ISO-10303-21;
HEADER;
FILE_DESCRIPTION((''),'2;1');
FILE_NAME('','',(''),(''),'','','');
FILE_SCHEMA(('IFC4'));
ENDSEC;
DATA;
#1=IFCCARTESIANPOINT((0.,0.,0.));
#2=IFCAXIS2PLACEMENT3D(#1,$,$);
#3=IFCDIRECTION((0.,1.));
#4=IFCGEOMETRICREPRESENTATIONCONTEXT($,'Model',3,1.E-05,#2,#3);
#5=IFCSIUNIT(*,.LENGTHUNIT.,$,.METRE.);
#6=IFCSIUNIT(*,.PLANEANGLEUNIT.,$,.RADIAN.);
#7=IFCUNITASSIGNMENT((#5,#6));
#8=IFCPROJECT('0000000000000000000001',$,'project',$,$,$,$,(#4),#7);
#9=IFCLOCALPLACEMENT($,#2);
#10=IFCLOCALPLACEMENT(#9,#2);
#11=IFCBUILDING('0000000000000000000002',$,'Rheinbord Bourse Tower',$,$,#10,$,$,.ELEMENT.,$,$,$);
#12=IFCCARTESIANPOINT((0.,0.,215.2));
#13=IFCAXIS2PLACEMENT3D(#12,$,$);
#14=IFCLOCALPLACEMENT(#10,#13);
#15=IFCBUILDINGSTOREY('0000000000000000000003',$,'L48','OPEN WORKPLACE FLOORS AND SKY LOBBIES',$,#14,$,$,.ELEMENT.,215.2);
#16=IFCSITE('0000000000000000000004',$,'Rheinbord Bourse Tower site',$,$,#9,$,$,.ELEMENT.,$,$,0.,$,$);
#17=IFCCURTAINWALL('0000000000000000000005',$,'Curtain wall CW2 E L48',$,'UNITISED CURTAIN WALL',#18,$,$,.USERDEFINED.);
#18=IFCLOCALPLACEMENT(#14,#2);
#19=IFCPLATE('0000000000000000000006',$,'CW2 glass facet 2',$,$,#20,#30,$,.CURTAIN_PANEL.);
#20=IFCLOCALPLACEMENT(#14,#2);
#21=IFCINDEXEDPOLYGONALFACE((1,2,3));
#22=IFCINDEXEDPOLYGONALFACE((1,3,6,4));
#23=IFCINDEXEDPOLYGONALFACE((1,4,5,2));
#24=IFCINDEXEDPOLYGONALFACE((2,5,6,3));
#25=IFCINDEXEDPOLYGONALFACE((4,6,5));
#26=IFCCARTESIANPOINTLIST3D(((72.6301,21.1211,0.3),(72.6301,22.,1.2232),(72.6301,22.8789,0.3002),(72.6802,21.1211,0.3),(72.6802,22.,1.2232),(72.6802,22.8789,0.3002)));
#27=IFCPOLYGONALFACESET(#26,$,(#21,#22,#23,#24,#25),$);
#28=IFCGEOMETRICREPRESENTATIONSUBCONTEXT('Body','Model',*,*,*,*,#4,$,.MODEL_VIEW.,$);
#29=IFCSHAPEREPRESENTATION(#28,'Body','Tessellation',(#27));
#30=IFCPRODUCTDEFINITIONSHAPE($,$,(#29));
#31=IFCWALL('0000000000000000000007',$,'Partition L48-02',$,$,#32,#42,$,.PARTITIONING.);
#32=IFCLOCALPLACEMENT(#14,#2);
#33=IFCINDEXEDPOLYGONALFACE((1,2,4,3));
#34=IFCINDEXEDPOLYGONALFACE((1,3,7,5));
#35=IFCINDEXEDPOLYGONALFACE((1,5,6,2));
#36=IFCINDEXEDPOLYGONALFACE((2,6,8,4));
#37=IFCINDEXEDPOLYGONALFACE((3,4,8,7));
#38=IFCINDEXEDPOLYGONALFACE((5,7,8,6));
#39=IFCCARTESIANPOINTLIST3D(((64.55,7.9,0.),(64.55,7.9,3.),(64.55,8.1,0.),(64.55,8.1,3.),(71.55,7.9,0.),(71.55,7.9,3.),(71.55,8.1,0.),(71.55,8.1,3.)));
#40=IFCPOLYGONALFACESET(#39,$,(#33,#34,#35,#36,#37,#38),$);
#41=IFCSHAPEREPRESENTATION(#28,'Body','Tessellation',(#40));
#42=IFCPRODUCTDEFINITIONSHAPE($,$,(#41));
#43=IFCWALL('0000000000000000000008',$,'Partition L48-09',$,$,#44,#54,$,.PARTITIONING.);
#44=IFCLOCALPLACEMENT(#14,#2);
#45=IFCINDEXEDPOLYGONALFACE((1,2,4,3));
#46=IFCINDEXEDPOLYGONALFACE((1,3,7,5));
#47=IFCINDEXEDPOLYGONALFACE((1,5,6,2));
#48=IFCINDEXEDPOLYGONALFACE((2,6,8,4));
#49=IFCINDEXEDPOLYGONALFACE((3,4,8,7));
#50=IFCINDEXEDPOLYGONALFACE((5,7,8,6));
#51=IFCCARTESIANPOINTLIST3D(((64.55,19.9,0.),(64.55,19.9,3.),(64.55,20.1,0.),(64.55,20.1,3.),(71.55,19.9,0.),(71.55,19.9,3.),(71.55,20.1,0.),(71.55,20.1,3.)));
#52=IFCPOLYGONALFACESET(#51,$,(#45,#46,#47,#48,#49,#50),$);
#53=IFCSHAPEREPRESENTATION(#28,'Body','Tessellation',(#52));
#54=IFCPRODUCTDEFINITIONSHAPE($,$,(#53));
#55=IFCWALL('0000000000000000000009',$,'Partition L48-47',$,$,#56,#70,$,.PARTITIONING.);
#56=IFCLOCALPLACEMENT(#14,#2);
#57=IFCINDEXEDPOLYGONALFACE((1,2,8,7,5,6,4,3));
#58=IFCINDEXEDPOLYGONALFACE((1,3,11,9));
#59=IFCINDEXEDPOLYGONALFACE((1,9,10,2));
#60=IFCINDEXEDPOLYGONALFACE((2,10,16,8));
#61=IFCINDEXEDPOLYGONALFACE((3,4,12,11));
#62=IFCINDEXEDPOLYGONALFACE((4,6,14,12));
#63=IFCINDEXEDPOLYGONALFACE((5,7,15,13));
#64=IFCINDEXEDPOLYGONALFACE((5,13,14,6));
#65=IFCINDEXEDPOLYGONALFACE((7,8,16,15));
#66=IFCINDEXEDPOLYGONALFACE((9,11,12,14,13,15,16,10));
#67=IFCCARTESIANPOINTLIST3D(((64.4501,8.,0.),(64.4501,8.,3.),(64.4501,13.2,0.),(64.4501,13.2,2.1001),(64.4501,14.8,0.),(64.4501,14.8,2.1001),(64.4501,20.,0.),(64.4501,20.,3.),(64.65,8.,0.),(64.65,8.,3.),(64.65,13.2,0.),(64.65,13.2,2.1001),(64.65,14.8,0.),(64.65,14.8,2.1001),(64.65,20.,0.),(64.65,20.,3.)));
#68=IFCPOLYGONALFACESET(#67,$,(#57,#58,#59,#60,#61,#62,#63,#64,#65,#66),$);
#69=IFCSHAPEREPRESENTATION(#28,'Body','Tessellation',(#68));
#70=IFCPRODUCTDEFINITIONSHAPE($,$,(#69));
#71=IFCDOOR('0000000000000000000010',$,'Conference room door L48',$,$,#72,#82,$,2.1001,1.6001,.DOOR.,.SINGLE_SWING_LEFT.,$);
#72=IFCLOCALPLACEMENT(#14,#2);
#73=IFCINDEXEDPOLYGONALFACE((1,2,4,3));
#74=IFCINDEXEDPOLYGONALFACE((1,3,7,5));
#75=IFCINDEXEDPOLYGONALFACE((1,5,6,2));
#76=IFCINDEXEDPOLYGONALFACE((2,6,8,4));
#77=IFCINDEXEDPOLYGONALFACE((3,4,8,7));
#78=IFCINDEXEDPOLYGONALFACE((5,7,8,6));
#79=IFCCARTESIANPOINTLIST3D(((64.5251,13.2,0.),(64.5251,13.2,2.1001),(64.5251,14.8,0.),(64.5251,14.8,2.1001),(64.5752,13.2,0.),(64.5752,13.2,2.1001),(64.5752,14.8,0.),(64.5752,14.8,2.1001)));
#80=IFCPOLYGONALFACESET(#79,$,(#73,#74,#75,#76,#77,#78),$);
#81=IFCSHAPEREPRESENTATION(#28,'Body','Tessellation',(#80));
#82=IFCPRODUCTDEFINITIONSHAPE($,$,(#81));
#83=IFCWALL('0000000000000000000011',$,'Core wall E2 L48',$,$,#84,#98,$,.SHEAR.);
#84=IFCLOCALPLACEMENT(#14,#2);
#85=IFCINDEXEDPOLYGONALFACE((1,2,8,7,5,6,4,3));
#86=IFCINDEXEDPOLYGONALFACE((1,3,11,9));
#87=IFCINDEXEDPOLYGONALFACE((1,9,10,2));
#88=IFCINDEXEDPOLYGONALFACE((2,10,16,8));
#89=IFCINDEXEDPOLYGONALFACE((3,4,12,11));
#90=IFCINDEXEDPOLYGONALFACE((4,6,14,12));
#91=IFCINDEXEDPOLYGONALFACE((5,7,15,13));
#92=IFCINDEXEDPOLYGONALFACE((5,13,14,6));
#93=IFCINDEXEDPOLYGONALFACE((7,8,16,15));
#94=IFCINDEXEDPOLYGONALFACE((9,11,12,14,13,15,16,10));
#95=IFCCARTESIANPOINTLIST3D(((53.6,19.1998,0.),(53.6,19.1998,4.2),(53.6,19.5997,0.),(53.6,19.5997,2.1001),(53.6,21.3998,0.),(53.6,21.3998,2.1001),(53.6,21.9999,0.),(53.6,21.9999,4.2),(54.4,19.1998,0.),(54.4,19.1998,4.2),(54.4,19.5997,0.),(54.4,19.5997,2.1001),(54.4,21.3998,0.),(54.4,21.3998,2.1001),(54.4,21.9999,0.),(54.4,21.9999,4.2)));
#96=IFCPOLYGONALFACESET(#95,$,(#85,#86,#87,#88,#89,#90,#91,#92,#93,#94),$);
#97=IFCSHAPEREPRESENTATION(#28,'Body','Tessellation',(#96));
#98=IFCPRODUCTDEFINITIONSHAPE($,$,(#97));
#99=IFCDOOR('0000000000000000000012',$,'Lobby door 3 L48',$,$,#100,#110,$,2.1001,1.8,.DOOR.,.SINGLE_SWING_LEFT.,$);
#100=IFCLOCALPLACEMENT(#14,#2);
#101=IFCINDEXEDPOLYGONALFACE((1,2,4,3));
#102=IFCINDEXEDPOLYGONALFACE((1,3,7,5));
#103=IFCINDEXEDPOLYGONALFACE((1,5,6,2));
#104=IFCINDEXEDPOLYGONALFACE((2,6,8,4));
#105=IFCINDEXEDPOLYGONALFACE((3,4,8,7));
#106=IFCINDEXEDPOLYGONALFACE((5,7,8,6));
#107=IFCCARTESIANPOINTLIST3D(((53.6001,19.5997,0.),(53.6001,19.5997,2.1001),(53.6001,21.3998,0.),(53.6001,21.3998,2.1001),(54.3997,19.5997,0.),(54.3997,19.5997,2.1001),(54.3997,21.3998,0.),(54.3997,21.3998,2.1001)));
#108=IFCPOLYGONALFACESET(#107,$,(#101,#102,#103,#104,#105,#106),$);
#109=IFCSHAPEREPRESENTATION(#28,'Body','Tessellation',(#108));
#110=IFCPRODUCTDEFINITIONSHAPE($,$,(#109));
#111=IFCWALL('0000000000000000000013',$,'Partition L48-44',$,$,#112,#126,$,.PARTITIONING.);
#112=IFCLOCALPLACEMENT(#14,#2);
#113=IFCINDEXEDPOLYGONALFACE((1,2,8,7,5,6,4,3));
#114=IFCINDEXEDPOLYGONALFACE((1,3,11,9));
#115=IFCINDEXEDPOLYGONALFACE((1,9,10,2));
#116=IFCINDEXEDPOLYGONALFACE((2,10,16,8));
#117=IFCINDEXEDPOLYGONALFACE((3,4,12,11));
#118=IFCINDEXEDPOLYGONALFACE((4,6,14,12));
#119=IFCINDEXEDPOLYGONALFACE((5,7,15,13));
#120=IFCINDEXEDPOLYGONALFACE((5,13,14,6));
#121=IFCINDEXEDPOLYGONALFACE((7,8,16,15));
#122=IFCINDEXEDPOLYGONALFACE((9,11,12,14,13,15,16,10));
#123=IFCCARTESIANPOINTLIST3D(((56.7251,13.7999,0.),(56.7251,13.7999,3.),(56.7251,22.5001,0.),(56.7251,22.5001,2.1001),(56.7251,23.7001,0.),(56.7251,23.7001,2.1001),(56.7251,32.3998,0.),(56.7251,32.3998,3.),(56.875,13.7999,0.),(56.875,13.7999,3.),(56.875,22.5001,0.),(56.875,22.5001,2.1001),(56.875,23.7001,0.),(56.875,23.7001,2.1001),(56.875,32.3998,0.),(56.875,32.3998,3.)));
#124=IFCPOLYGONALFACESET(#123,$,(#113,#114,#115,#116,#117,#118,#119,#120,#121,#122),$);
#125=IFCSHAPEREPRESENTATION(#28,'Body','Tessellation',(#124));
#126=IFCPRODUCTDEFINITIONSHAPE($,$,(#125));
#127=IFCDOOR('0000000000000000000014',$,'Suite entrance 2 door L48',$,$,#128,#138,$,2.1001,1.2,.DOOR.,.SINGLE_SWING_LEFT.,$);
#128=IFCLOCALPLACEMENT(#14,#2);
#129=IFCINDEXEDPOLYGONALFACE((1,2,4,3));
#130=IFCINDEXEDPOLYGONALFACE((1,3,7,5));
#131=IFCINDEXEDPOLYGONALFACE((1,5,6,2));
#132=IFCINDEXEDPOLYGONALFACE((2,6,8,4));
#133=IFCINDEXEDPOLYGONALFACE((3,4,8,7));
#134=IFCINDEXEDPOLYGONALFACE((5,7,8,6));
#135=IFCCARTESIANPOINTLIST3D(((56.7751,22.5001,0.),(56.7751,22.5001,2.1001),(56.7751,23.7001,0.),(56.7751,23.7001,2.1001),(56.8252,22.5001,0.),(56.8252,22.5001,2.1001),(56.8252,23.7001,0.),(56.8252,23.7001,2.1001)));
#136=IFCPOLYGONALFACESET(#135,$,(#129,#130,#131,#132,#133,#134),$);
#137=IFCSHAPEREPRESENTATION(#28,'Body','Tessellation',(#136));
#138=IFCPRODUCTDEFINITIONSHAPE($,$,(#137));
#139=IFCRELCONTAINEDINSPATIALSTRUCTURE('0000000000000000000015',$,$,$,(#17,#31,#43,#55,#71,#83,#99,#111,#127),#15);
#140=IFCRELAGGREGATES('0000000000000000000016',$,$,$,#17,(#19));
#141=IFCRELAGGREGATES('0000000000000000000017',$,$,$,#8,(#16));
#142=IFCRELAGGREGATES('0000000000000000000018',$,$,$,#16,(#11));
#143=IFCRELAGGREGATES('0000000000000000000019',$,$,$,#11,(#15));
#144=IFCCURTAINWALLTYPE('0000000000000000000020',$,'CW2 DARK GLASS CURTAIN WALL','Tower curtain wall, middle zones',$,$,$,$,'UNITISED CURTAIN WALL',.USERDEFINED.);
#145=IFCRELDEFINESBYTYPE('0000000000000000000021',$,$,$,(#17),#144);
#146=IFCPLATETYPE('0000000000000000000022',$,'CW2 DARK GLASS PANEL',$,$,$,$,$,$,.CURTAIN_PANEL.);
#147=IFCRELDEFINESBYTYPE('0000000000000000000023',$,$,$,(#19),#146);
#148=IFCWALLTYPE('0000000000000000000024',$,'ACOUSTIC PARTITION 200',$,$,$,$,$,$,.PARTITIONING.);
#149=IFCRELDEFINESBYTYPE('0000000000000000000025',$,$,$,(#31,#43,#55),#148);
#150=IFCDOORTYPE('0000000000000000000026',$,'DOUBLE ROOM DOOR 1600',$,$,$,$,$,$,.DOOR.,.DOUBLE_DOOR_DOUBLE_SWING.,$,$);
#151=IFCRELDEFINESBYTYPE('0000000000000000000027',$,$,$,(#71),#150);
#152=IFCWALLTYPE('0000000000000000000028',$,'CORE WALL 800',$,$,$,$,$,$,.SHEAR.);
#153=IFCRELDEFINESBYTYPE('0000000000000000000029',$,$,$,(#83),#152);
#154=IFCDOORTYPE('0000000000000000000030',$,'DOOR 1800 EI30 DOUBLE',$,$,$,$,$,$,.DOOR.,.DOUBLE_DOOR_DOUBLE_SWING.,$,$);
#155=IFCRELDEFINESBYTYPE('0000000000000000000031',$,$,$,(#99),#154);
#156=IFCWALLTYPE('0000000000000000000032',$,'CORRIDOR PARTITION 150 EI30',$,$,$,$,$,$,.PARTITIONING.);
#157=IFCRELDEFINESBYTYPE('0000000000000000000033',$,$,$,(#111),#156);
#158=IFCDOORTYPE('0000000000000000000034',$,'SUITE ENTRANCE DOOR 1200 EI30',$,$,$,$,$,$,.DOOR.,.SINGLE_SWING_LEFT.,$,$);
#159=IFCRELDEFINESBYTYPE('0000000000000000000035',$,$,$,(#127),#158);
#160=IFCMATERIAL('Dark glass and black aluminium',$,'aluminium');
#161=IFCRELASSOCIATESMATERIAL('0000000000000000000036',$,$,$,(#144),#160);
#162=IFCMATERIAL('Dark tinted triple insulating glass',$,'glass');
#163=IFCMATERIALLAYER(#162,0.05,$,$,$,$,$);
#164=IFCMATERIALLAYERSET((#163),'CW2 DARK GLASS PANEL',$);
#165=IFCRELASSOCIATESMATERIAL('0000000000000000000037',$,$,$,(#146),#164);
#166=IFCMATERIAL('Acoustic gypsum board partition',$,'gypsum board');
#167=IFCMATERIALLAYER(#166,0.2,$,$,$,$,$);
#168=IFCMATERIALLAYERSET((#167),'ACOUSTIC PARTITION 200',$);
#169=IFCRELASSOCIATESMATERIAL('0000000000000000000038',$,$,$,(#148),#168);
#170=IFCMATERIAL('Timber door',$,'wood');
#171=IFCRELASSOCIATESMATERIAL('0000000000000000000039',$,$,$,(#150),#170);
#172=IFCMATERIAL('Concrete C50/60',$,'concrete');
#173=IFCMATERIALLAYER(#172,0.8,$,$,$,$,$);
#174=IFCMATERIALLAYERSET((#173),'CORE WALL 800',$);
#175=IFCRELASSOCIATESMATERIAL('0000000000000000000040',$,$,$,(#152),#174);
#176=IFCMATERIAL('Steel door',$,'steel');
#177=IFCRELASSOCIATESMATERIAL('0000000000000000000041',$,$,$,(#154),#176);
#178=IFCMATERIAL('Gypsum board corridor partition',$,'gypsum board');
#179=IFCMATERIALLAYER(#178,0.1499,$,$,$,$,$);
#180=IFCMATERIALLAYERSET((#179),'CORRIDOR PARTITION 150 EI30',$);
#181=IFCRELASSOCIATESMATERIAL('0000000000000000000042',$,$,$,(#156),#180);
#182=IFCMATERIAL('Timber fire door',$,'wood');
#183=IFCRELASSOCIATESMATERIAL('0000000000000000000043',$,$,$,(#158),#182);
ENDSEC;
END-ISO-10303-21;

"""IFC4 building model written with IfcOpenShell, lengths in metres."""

from ifc_helpers import new_model, si_unit, direction, frame, frame_2d, origin, place, context, subcontext, project, spatial, polyline, rectangle, outline, extrude, material, layer, layer_set, type_object, element, fill, aggregate, save


model = new_model("IFC4")

# Units and contexts
model_context = context("Model", 3, precision=1e-05, world=origin(), true_north=direction((0.0, 1.0)))
body_context = subcontext(model_context, "Body", "Model", "MODEL_VIEW")
ifc_project = project(units=[si_unit("LENGTHUNIT", "METRE"), si_unit("PLANEANGLEUNIT", "RADIAN")], contexts=[model_context])

# Site, building, storey
site_placement = place(None, origin())
site = spatial("IfcSite", under=ifc_project, at=site_placement, Name="Rheinbord Bourse Tower site", CompositionType="ELEMENT", RefElevation=0.0)
building_placement = place(site_placement, origin())
building = spatial("IfcBuilding", under=site, at=building_placement, Name="Rheinbord Bourse Tower", CompositionType="ELEMENT")
storey_placement = place(building_placement, frame((0.0, 0.0, 215.2)))
storey = spatial("IfcBuildingStorey", under=building, at=storey_placement, Name="L48", Description="OPEN WORKPLACE FLOORS AND SKY LOBBIES", CompositionType="ELEMENT", Elevation=215.2)

# Curtain wall
ifc_material_1 = material(Name="Dark glass and black aluminium", Category="aluminium")
curtain_wall_type = type_object("IfcCurtainWallType", Name="CW2 DARK GLASS CURTAIN WALL", Description="Tower curtain wall, middle zones", ElementType="UNITISED CURTAIN WALL", PredefinedType="USERDEFINED", material=ifc_material_1)
curtain_wall_placement = place(storey_placement, origin())
curtain_wall = element("IfcCurtainWall", 1, at=curtain_wall_placement, inside=storey, type_object=curtain_wall_type, Name="Curtain wall CW2 E L48", ObjectType="UNITISED CURTAIN WALL", PredefinedType="USERDEFINED")

# Plate
ifc_material_2 = material(Name="Dark tinted triple insulating glass", Category="glass")
ifc_layer_1 = layer(ifc_material_2, 0.05)
ifc_layer_set_1 = layer_set([ifc_layer_1], Name="CW2 DARK GLASS PANEL")
plate_type = type_object("IfcPlateType", Name="CW2 DARK GLASS PANEL", PredefinedType="CURTAIN_PANEL", material=ifc_layer_set_1)
plate_1_placement = place(storey_placement, frame((72.6802, 21.1211, 0.3), z_axis=(-1.0, 0.0, 0.0), x_axis=(0.0, 0.68956, 0.724229)))
plate_1 = element("IfcPlate", 2, at=plate_1_placement, type_object=plate_type, Name="CW2 glass facet 2", PredefinedType="CURTAIN_PANEL", context=body_context, shape_type="SweptSolid", body=[
    extrude(outline(polyline([(0.0, 0.0), (1.2747, 0.0), (1.2122, 1.2729), (0.0, 0.0)])), origin(), (0.0, 0.0, 1.0), 0.05),
])
aggregate(curtain_wall, [plate_1])

# Walls
ifc_material_3 = material(Name="Acoustic gypsum board partition", Category="gypsum board")
ifc_layer_2 = layer(ifc_material_3, 0.2)
ifc_layer_set_2 = layer_set([ifc_layer_2], Name="ACOUSTIC PARTITION 200")
wall_type_1 = type_object("IfcWallType", Name="ACOUSTIC PARTITION 200", PredefinedType="PARTITIONING", material=ifc_layer_set_2)
for number, where, z_axis, x_axis, name in (
    (3, (64.55, 8.0, 0.0), (0.0, 0.0, 1.0), (1.0, 0.0, 0.0), "Partition L48-02"),
    (4, (64.55, 20.0, 0.0), (0.0, 0.0, 1.0), (1.0, 0.0, 0.0), "Partition L48-09"),
):
    element("IfcWall", number, at=place(storey_placement, frame(where, z_axis=z_axis, x_axis=x_axis)), inside=storey, type_object=wall_type_1, Name=name, PredefinedType="PARTITIONING", context=body_context, shape_type="SweptSolid", body=[
        extrude(rectangle(XDim=7.0, YDim=0.2, at=frame_2d((3.5, 0.0))), origin(), (0.0, 0.0, 1.0), 3.0),
    ])

# Walls, openings, doors
wall_1_placement = place(storey_placement, frame((64.55, 8.0, 0.0), z_axis=(0.0, 0.0, 1.0), x_axis=(0.0, 1.0, 0.0)))
wall_1 = element("IfcWall", 5, at=wall_1_placement, inside=storey, type_object=wall_type_1, Name="Partition L48-47", PredefinedType="PARTITIONING", context=body_context, shape_type="SweptSolid", body=[
    extrude(rectangle(XDim=12.0, YDim=0.2, at=frame_2d((6.0, 0.0))), origin(), (0.0, 0.0, 1.0), 3.0),
])
opening_1_placement = place(wall_1_placement, frame((5.2, 0.0, 0.0)))
opening_1 = element("IfcOpeningElement", 6, at=opening_1_placement, cuts=wall_1, PredefinedType="OPENING", context=body_context, shape_type="SweptSolid", body=[
    extrude(rectangle(XDim=1.6001, YDim=2.1001, at=frame_2d((0.8, 1.05))), frame((0.0, 0.1099, 0.0), z_axis=(0.0, -1.0, 0.0), x_axis=(1.0, 0.0, 0.0)), (0.0, 0.0, 1.0), 0.22),
])
ifc_material_4 = material(Name="Timber door", Category="wood")
door_type_1 = type_object("IfcDoorType", Name="DOUBLE ROOM DOOR 1600", OperationType="DOUBLE_DOOR_DOUBLE_SWING", PredefinedType="DOOR", material=ifc_material_4)
door_1_placement = place(opening_1_placement, origin())
door_1 = element("IfcDoor", 7, at=door_1_placement, inside=storey, type_object=door_type_1, Name="Conference room door L48", OperationType="SINGLE_SWING_LEFT", OverallHeight=2.1001, OverallWidth=1.6001, PredefinedType="DOOR", context=body_context, shape_type="SweptSolid", body=[
    extrude(rectangle(XDim=1.6001, YDim=2.1001, at=frame_2d((0.8, 1.05))), frame((0.0, 0.0249, 0.0), z_axis=(0.0, -1.0, 0.0), x_axis=(1.0, 0.0, 0.0)), (0.0, 0.0, 1.0), 0.05),
])
fill(opening_1, door_1)
ifc_material_5 = material(Name="Concrete C50/60", Category="concrete")
ifc_layer_3 = layer(ifc_material_5, 0.8)
ifc_layer_set_3 = layer_set([ifc_layer_3], Name="CORE WALL 800")
wall_type_2 = type_object("IfcWallType", Name="CORE WALL 800", PredefinedType="SHEAR", material=ifc_layer_set_3)
wall_2_placement = place(storey_placement, frame((54.0, 19.2, 0.0), z_axis=(0.0, 0.0, 1.0), x_axis=(0.0, 1.0, 0.0)))
wall_2 = element("IfcWall", 8, at=wall_2_placement, inside=storey, type_object=wall_type_2, Name="Core wall E2 L48", PredefinedType="SHEAR", context=body_context, shape_type="SweptSolid", body=[
    extrude(rectangle(XDim=2.8, YDim=0.8, at=frame_2d((1.3999, 0.0))), origin(), (0.0, 0.0, 1.0), 4.2),
])
opening_2_placement = place(wall_2_placement, frame((0.3999, 0.0, 0.0)))
opening_2 = element("IfcOpeningElement", 9, at=opening_2_placement, cuts=wall_2, PredefinedType="OPENING", context=body_context, shape_type="SweptSolid", body=[
    extrude(rectangle(XDim=1.8, YDim=2.1001, at=frame_2d((0.8999, 1.05))), frame((0.0, 0.4099, 0.0), z_axis=(0.0, -1.0, 0.0), x_axis=(1.0, 0.0, 0.0)), (0.0, 0.0, 1.0), 0.8201),
])
ifc_material_6 = material(Name="Steel door", Category="steel")
door_type_2 = type_object("IfcDoorType", Name="DOOR 1800 EI30 DOUBLE", OperationType="DOUBLE_DOOR_DOUBLE_SWING", PredefinedType="DOOR", material=ifc_material_6)
door_2_placement = place(opening_2_placement, origin())
door_2 = element("IfcDoor", 10, at=door_2_placement, inside=storey, type_object=door_type_2, Name="Lobby door 3 L48", OperationType="SINGLE_SWING_LEFT", OverallHeight=2.1001, OverallWidth=1.8, PredefinedType="DOOR", context=body_context, shape_type="SweptSolid", body=[
    extrude(rectangle(XDim=1.8, YDim=2.1001, at=frame_2d((0.8999, 1.05))), frame((0.0, 0.3999, 0.0), z_axis=(0.0, -1.0, 0.0), x_axis=(1.0, 0.0, 0.0)), (0.0, 0.0, 1.0), 0.7996),
])
fill(opening_2, door_2)
ifc_material_7 = material(Name="Gypsum board corridor partition", Category="gypsum board")
ifc_layer_4 = layer(ifc_material_7, 0.1499)
ifc_layer_set_4 = layer_set([ifc_layer_4], Name="CORRIDOR PARTITION 150 EI30")
wall_type_3 = type_object("IfcWallType", Name="CORRIDOR PARTITION 150 EI30", PredefinedType="PARTITIONING", material=ifc_layer_set_4)
wall_3_placement = place(storey_placement, frame((56.8, 13.8, 0.0), z_axis=(0.0, 0.0, 1.0), x_axis=(0.0, 1.0, 0.0)))
wall_3 = element("IfcWall", 11, at=wall_3_placement, inside=storey, type_object=wall_type_3, Name="Partition L48-44", PredefinedType="PARTITIONING", context=body_context, shape_type="SweptSolid", body=[
    extrude(rectangle(XDim=18.5999, YDim=0.1499, at=frame_2d((9.2998, 0.0))), origin(), (0.0, 0.0, 1.0), 3.0),
])
opening_3_placement = place(wall_3_placement, frame((8.7, 0.0, 0.0)))
opening_3 = element("IfcOpeningElement", 12, at=opening_3_placement, cuts=wall_3, PredefinedType="OPENING", context=body_context, shape_type="SweptSolid", body=[
    extrude(rectangle(XDim=1.2, YDim=2.1001, at=frame_2d((0.6001, 1.05))), frame((0.0, 0.085, 0.0), z_axis=(0.0, -1.0, 0.0), x_axis=(1.0, 0.0, 0.0)), (0.0, 0.0, 1.0), 0.1699),
])
ifc_material_8 = material(Name="Timber fire door", Category="wood")
door_type_3 = type_object("IfcDoorType", Name="SUITE ENTRANCE DOOR 1200 EI30", OperationType="SINGLE_SWING_LEFT", PredefinedType="DOOR", material=ifc_material_8)
door_3_placement = place(opening_3_placement, origin())
door_3 = element("IfcDoor", 13, at=door_3_placement, inside=storey, type_object=door_type_3, Name="Suite entrance 2 door L48", OperationType="SINGLE_SWING_LEFT", OverallHeight=2.1001, OverallWidth=1.2, PredefinedType="DOOR", context=body_context, shape_type="SweptSolid", body=[
    extrude(rectangle(XDim=1.2, YDim=2.1001, at=frame_2d((0.6001, 1.05))), frame((0.0, 0.0249, 0.0), z_axis=(0.0, -1.0, 0.0), x_axis=(1.0, 0.0, 0.0)), (0.0, 0.0, 1.0), 0.05),
])
fill(opening_3, door_3)

save(model, "model.ifc")
